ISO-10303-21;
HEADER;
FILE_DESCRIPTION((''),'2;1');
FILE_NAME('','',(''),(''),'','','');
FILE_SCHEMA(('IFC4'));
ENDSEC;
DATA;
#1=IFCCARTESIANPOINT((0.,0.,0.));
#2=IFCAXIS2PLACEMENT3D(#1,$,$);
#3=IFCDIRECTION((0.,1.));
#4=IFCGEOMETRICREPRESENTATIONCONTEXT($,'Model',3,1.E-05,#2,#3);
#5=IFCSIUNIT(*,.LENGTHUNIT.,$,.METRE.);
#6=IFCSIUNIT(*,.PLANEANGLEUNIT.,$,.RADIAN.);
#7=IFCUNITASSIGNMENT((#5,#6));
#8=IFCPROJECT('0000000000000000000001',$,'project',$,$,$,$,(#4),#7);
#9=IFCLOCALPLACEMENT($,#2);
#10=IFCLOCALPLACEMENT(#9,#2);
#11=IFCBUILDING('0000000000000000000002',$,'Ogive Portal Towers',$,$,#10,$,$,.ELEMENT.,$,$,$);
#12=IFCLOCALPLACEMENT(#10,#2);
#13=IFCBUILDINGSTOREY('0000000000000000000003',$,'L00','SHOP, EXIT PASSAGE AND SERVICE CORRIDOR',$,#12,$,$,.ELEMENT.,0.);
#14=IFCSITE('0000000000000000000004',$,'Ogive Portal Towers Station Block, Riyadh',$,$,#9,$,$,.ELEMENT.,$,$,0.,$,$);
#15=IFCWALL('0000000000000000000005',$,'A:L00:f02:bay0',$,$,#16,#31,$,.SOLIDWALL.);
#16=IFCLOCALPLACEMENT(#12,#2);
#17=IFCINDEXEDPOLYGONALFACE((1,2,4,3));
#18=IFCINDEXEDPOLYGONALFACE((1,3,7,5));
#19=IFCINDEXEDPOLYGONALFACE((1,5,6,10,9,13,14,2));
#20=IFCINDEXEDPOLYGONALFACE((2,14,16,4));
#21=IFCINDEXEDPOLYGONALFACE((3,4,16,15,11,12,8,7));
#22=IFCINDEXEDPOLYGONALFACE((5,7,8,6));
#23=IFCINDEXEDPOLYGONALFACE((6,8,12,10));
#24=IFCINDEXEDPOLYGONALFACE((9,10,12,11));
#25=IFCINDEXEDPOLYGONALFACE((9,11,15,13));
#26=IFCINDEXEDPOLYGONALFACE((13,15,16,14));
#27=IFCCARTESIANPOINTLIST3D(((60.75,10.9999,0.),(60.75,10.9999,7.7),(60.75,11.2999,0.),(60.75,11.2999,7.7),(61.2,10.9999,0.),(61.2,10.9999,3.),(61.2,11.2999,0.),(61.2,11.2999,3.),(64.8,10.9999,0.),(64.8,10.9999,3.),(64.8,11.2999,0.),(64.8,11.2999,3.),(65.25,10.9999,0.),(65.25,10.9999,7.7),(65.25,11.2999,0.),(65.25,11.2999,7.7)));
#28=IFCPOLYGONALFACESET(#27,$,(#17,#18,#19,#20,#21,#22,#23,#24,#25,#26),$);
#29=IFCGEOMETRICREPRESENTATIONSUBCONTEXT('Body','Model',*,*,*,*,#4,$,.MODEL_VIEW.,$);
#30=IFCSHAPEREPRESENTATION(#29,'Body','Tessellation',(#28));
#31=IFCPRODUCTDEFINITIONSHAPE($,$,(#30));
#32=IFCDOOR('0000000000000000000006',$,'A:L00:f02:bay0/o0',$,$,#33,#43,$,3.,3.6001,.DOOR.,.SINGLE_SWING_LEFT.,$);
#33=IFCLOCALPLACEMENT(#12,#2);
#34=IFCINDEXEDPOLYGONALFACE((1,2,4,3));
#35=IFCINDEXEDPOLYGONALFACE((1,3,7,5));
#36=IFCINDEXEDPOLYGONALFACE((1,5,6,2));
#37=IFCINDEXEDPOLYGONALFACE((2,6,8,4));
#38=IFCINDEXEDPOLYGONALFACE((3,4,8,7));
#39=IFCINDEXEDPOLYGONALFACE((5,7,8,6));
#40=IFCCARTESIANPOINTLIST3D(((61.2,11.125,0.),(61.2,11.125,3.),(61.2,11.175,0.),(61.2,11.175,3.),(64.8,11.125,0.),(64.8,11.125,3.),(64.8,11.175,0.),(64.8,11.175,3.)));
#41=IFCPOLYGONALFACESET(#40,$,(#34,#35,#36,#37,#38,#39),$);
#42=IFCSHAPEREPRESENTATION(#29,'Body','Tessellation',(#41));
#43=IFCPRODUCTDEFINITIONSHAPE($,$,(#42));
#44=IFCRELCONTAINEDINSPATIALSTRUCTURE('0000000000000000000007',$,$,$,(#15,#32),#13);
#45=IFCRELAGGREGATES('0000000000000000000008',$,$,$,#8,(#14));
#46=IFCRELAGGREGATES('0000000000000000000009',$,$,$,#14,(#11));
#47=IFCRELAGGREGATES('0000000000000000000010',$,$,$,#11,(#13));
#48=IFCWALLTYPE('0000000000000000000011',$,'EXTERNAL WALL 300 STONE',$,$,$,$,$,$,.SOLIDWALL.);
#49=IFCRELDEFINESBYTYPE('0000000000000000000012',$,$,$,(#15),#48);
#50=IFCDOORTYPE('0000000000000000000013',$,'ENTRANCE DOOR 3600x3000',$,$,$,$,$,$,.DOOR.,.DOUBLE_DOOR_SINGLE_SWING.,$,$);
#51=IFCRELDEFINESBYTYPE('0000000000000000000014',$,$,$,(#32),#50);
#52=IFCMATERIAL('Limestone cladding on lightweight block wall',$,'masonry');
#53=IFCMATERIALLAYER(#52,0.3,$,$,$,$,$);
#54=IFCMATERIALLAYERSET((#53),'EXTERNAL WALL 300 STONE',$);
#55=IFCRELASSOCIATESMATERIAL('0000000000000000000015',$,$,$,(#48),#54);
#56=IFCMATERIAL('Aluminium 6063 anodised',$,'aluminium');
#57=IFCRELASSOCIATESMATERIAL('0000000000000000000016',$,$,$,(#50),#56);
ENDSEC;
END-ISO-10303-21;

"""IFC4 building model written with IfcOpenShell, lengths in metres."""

from ifc_helpers import new_model, si_unit, direction, frame, frame_2d, origin, place, context, subcontext, project, spatial, rectangle, extrude, material, layer, layer_set, type_object, element, fill, save


model = new_model("IFC4")

# Units and contexts
model_context = context("Model", 3, precision=1e-05, world=origin(), true_north=direction((0.0, 1.0)))
body_context = subcontext(model_context, "Body", "Model", "MODEL_VIEW")
ifc_project = project(units=[si_unit("LENGTHUNIT", "METRE"), si_unit("PLANEANGLEUNIT", "RADIAN")], contexts=[model_context])

# Site, building, storey
site_placement = place(None, origin())
site = spatial("IfcSite", under=ifc_project, at=site_placement, Name="Ogive Portal Towers Station Block, Riyadh", CompositionType="ELEMENT", RefElevation=0.0)
building_placement = place(site_placement, origin())
building = spatial("IfcBuilding", under=site, at=building_placement, Name="Ogive Portal Towers", CompositionType="ELEMENT")
storey_placement = place(building_placement, origin())
storey = spatial("IfcBuildingStorey", under=building, at=storey_placement, Name="L00", Description="SHOP, EXIT PASSAGE AND SERVICE CORRIDOR", CompositionType="ELEMENT", Elevation=0.0)

# Shared definitions
ifc_material_1 = material(Name="Aluminium 6063 anodised", Category="aluminium")

# Wall, opening, door
ifc_material_2 = material(Name="Limestone cladding on lightweight block wall", Category="masonry")
ifc_layer_1 = layer(ifc_material_2, 0.3)
ifc_layer_set_1 = layer_set([ifc_layer_1], Name="EXTERNAL WALL 300 STONE")
wall_type = type_object("IfcWallType", Name="EXTERNAL WALL 300 STONE", PredefinedType="SOLIDWALL", material=ifc_layer_set_1)
wall_1_placement = place(storey_placement, frame((65.25, 11.1499, 0.0), z_axis=(0.0, 0.0, 1.0), x_axis=(-1.0, 0.0, 0.0)))
wall_1 = element("IfcWall", 1, at=wall_1_placement, inside=storey, type_object=wall_type, Name="A:L00:f02:bay0", PredefinedType="SOLIDWALL", context=body_context, shape_type="SweptSolid", body=[
    extrude(rectangle(XDim=4.5, YDim=0.3, at=frame_2d((2.25, 0.0))), origin(), (0.0, 0.0, 1.0), 7.7),
])
opening_1_placement = place(wall_1_placement, frame((0.45, 0.0, 0.0)))
opening_1 = element("IfcOpeningElement", 2, at=opening_1_placement, cuts=wall_1, PredefinedType="OPENING", context=body_context, shape_type="SweptSolid", body=[
    extrude(rectangle(XDim=3.6001, YDim=3.0, at=frame_2d((1.8, 1.5))), frame((0.0, 0.1602, 0.0), z_axis=(0.0, -1.0, 0.0), x_axis=(1.0, 0.0, 0.0)), (0.0, 0.0, 1.0), 0.3201),
])
door_type_1 = type_object("IfcDoorType", Name="ENTRANCE DOOR 3600x3000", OperationType="DOUBLE_DOOR_SINGLE_SWING", PredefinedType="DOOR", material=ifc_material_1)
door_1_placement = place(opening_1_placement, origin())
door_1 = element("IfcDoor", 3, at=door_1_placement, inside=storey, type_object=door_type_1, Name="A:L00:f02:bay0/o0", OperationType="SINGLE_SWING_LEFT", OverallHeight=3.0, OverallWidth=3.6001, PredefinedType="DOOR", context=body_context, shape_type="SweptSolid", body=[
    extrude(rectangle(XDim=3.6001, YDim=3.0, at=frame_2d((1.8, 1.5))), frame((0.0, 0.0249, 0.0), z_axis=(0.0, -1.0, 0.0), x_axis=(1.0, 0.0, 0.0)), (0.0, 0.0, 1.0), 0.05),
])
fill(opening_1, door_1)

save(model, "model.ifc")
